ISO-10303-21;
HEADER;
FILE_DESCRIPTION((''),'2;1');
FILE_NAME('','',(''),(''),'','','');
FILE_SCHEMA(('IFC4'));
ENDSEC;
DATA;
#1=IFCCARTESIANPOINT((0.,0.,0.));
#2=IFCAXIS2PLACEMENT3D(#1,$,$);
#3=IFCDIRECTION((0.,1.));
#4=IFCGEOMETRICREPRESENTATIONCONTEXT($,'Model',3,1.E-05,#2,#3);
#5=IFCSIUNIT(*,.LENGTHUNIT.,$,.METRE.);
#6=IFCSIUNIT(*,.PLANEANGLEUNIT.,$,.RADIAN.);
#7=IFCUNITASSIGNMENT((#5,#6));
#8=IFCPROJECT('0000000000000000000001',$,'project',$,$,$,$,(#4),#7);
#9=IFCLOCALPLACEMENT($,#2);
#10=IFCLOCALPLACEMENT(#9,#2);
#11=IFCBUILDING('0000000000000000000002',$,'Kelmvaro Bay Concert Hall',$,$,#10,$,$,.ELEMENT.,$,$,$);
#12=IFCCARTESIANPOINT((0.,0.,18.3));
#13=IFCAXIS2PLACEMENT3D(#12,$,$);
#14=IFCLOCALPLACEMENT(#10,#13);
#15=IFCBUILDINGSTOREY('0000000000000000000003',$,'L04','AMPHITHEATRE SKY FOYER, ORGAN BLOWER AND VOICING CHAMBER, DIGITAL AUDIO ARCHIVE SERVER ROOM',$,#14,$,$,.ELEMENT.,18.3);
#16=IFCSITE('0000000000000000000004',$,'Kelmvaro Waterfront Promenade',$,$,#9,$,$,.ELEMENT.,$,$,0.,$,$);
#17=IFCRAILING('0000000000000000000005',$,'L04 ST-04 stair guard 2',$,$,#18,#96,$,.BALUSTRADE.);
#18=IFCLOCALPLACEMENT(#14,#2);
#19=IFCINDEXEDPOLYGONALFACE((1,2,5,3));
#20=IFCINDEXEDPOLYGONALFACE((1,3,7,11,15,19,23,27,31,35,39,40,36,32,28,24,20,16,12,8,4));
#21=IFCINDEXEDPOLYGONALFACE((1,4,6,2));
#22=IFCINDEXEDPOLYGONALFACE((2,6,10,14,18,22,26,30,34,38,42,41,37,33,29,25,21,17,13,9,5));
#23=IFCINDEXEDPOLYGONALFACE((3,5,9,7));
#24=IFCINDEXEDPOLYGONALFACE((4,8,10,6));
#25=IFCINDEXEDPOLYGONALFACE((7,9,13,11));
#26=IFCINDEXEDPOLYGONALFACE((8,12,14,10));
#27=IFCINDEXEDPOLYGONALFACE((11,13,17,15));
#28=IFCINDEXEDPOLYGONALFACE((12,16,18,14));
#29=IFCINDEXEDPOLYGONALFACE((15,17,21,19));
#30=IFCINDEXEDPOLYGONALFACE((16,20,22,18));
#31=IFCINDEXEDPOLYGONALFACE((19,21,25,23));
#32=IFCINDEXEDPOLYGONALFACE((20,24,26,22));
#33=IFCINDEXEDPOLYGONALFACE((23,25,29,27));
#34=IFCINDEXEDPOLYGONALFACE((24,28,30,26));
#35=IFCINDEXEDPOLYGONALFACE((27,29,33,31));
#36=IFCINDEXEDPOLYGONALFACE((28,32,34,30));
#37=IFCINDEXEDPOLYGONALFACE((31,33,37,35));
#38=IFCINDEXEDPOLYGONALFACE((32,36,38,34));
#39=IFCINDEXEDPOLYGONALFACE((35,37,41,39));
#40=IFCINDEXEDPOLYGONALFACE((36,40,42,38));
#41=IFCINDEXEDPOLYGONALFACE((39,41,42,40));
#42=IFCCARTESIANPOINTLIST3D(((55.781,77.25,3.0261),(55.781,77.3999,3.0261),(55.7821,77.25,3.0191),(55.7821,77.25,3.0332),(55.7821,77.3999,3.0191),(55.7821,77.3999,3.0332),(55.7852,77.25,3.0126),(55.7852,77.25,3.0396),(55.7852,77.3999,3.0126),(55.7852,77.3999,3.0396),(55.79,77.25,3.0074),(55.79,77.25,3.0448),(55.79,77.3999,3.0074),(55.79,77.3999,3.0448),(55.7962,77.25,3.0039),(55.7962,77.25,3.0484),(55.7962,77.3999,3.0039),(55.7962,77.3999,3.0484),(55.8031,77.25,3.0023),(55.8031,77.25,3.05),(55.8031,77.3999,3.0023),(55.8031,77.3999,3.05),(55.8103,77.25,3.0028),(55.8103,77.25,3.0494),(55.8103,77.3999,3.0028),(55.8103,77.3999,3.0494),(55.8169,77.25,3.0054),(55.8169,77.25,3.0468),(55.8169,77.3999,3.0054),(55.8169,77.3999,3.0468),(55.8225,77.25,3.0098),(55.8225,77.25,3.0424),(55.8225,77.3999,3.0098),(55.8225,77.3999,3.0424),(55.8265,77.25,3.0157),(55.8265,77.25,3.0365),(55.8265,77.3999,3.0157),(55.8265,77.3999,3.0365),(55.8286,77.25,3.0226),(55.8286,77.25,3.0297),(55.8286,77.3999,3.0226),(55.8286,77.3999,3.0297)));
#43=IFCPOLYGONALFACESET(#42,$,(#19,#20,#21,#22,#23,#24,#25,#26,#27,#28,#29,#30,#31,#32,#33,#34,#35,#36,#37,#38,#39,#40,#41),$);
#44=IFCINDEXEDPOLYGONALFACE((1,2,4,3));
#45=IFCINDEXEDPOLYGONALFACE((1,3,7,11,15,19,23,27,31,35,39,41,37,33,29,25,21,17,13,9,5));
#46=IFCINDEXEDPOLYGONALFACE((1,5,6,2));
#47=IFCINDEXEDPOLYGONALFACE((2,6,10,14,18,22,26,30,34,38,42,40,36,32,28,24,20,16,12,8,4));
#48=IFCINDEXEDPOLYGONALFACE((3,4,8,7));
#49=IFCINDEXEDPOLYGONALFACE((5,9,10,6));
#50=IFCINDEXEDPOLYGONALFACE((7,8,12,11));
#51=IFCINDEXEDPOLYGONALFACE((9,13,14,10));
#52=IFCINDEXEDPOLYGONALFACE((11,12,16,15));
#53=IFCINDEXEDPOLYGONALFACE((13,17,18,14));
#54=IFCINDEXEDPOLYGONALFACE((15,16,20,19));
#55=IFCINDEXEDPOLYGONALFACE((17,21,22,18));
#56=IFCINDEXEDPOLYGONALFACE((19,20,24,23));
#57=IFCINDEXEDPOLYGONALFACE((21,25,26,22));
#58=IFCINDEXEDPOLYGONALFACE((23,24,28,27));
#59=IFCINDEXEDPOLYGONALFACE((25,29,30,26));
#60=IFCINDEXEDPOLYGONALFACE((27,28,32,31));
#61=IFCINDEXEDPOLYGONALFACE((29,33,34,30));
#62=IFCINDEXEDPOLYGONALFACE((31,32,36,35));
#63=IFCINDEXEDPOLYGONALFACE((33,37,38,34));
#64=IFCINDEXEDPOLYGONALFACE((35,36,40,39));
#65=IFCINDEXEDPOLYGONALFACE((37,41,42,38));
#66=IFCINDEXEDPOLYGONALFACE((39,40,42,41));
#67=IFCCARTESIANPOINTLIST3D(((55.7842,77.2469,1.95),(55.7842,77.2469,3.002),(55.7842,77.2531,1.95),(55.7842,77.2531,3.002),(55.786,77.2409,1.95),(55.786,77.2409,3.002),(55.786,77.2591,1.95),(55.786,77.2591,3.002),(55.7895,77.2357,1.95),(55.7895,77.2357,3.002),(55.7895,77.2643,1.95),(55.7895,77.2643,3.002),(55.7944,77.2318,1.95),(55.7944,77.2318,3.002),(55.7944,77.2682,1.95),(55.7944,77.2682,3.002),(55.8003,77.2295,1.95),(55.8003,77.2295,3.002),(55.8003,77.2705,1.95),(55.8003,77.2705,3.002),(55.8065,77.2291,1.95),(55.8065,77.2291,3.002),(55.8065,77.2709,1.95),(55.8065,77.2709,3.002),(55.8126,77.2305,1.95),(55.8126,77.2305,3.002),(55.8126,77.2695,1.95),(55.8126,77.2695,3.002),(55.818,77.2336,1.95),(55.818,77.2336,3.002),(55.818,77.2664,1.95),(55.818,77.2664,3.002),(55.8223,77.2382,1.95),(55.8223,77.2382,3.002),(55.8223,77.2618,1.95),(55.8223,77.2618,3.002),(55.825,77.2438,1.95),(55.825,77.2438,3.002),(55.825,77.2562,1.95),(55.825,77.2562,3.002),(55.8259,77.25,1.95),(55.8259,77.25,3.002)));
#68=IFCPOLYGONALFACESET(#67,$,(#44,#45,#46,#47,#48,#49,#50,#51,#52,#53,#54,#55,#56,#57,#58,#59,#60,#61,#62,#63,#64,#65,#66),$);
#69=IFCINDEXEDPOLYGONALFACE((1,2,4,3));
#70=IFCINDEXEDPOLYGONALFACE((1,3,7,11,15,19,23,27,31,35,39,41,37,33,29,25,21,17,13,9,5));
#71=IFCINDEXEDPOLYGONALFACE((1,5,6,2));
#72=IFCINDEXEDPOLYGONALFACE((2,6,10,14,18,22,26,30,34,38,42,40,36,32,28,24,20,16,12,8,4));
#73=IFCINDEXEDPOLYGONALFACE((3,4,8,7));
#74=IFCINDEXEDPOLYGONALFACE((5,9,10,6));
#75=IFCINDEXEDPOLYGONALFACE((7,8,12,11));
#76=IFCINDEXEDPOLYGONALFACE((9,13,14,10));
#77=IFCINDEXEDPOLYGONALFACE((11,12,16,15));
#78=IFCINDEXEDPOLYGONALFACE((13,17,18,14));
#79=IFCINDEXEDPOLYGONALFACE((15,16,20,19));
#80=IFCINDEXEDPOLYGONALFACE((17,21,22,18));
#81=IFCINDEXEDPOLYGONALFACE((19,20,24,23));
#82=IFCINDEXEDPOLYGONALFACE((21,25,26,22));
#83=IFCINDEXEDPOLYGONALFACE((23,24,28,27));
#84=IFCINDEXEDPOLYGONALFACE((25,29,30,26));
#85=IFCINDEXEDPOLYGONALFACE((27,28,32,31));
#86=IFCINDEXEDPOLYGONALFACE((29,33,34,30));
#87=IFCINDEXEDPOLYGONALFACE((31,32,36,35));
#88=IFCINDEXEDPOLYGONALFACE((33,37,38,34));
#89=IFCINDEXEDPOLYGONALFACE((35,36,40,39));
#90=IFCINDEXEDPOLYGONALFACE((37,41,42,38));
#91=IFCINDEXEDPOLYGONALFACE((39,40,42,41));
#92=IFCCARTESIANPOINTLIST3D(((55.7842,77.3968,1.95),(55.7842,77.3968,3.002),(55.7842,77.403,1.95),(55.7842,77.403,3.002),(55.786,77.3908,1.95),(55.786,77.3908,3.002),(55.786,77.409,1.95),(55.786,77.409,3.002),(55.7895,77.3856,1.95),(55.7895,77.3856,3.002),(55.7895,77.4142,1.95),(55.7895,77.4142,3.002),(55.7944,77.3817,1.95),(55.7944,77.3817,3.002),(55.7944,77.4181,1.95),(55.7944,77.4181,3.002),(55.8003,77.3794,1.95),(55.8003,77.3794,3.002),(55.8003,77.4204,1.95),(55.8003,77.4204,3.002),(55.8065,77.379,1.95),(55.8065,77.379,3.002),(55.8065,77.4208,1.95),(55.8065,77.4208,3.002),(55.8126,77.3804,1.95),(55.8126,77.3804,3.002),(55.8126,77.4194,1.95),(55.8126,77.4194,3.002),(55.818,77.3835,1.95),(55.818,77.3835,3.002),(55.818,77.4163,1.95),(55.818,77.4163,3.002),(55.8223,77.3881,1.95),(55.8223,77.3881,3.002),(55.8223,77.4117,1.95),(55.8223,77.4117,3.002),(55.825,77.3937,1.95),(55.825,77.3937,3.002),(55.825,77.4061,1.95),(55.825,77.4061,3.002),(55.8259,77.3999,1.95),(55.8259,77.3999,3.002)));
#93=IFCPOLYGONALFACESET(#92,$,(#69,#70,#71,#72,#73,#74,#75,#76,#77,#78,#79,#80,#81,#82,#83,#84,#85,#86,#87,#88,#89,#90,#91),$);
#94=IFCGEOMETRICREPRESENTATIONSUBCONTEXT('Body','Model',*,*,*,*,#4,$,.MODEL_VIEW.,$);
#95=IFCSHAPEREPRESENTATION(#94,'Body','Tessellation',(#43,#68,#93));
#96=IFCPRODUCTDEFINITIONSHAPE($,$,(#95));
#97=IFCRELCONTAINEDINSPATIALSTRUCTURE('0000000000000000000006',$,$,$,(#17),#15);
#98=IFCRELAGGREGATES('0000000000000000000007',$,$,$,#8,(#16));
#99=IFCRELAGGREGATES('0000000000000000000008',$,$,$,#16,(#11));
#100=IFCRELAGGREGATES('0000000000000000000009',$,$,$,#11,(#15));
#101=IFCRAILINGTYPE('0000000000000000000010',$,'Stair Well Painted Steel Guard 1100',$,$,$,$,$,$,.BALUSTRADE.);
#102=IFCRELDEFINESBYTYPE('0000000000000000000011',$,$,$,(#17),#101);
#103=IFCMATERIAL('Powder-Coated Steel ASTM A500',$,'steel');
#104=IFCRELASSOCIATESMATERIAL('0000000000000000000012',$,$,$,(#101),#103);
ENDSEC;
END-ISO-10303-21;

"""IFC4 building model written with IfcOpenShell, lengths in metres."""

from ifc_helpers import new_model, si_unit, direction, frame, origin, origin_2d, place, context, subcontext, project, spatial, circle, extrude, material, type_object, element, save


model = new_model("IFC4")

# Units and contexts
model_context = context("Model", 3, precision=1e-05, world=origin(), true_north=direction((0.0, 1.0)))
body_context = subcontext(model_context, "Body", "Model", "MODEL_VIEW")
ifc_project = project(units=[si_unit("LENGTHUNIT", "METRE"), si_unit("PLANEANGLEUNIT", "RADIAN")], contexts=[model_context])

# Site, building, storey
site_placement = place(None, origin())
site = spatial("IfcSite", under=ifc_project, at=site_placement, Name="Kelmvaro Waterfront Promenade", CompositionType="ELEMENT", RefElevation=0.0)
building_placement = place(site_placement, origin())
building = spatial("IfcBuilding", under=site, at=building_placement, Name="Kelmvaro Bay Concert Hall", CompositionType="ELEMENT")
storey_placement = place(building_placement, frame((0.0, 0.0, 18.3)))
storey = spatial("IfcBuildingStorey", under=building, at=storey_placement, Name="L04", Description="AMPHITHEATRE SKY FOYER, ORGAN BLOWER AND VOICING CHAMBER, DIGITAL AUDIO ARCHIVE SERVER ROOM", CompositionType="ELEMENT", Elevation=18.3)

# Railing
ifc_material_1 = material(Name="Powder-Coated Steel ASTM A500", Category="steel")
railing_type_1 = type_object("IfcRailingType", Name="Stair Well Painted Steel Guard 1100", PredefinedType="BALUSTRADE", material=ifc_material_1)
railing_1_placement = place(storey_placement, frame((55.8049, 77.25, 1.95)))
element("IfcRailing", 1, at=railing_1_placement, inside=storey, type_object=railing_type_1, Name="L04 ST-04 stair guard 2", PredefinedType="BALUSTRADE", context=body_context, shape_type="SweptSolid", body=[
    extrude(circle(Radius=0.0239, at=origin_2d()), frame((0.0, 0.0, 1.0762), z_axis=(0.0, 1.0, 0.0), x_axis=(-1.0, 0.0, 0.0)), (0.0, 0.0, 1.0), 0.1499),
    extrude(circle(Radius=0.021, at=origin_2d()), origin(), (0.0, 0.0, 1.0), 1.052),
    extrude(circle(Radius=0.021, at=origin_2d()), frame((0.0, 0.1499, 0.0)), (0.0, 0.0, 1.0), 1.052),
])

save(model, "model.ifc")
